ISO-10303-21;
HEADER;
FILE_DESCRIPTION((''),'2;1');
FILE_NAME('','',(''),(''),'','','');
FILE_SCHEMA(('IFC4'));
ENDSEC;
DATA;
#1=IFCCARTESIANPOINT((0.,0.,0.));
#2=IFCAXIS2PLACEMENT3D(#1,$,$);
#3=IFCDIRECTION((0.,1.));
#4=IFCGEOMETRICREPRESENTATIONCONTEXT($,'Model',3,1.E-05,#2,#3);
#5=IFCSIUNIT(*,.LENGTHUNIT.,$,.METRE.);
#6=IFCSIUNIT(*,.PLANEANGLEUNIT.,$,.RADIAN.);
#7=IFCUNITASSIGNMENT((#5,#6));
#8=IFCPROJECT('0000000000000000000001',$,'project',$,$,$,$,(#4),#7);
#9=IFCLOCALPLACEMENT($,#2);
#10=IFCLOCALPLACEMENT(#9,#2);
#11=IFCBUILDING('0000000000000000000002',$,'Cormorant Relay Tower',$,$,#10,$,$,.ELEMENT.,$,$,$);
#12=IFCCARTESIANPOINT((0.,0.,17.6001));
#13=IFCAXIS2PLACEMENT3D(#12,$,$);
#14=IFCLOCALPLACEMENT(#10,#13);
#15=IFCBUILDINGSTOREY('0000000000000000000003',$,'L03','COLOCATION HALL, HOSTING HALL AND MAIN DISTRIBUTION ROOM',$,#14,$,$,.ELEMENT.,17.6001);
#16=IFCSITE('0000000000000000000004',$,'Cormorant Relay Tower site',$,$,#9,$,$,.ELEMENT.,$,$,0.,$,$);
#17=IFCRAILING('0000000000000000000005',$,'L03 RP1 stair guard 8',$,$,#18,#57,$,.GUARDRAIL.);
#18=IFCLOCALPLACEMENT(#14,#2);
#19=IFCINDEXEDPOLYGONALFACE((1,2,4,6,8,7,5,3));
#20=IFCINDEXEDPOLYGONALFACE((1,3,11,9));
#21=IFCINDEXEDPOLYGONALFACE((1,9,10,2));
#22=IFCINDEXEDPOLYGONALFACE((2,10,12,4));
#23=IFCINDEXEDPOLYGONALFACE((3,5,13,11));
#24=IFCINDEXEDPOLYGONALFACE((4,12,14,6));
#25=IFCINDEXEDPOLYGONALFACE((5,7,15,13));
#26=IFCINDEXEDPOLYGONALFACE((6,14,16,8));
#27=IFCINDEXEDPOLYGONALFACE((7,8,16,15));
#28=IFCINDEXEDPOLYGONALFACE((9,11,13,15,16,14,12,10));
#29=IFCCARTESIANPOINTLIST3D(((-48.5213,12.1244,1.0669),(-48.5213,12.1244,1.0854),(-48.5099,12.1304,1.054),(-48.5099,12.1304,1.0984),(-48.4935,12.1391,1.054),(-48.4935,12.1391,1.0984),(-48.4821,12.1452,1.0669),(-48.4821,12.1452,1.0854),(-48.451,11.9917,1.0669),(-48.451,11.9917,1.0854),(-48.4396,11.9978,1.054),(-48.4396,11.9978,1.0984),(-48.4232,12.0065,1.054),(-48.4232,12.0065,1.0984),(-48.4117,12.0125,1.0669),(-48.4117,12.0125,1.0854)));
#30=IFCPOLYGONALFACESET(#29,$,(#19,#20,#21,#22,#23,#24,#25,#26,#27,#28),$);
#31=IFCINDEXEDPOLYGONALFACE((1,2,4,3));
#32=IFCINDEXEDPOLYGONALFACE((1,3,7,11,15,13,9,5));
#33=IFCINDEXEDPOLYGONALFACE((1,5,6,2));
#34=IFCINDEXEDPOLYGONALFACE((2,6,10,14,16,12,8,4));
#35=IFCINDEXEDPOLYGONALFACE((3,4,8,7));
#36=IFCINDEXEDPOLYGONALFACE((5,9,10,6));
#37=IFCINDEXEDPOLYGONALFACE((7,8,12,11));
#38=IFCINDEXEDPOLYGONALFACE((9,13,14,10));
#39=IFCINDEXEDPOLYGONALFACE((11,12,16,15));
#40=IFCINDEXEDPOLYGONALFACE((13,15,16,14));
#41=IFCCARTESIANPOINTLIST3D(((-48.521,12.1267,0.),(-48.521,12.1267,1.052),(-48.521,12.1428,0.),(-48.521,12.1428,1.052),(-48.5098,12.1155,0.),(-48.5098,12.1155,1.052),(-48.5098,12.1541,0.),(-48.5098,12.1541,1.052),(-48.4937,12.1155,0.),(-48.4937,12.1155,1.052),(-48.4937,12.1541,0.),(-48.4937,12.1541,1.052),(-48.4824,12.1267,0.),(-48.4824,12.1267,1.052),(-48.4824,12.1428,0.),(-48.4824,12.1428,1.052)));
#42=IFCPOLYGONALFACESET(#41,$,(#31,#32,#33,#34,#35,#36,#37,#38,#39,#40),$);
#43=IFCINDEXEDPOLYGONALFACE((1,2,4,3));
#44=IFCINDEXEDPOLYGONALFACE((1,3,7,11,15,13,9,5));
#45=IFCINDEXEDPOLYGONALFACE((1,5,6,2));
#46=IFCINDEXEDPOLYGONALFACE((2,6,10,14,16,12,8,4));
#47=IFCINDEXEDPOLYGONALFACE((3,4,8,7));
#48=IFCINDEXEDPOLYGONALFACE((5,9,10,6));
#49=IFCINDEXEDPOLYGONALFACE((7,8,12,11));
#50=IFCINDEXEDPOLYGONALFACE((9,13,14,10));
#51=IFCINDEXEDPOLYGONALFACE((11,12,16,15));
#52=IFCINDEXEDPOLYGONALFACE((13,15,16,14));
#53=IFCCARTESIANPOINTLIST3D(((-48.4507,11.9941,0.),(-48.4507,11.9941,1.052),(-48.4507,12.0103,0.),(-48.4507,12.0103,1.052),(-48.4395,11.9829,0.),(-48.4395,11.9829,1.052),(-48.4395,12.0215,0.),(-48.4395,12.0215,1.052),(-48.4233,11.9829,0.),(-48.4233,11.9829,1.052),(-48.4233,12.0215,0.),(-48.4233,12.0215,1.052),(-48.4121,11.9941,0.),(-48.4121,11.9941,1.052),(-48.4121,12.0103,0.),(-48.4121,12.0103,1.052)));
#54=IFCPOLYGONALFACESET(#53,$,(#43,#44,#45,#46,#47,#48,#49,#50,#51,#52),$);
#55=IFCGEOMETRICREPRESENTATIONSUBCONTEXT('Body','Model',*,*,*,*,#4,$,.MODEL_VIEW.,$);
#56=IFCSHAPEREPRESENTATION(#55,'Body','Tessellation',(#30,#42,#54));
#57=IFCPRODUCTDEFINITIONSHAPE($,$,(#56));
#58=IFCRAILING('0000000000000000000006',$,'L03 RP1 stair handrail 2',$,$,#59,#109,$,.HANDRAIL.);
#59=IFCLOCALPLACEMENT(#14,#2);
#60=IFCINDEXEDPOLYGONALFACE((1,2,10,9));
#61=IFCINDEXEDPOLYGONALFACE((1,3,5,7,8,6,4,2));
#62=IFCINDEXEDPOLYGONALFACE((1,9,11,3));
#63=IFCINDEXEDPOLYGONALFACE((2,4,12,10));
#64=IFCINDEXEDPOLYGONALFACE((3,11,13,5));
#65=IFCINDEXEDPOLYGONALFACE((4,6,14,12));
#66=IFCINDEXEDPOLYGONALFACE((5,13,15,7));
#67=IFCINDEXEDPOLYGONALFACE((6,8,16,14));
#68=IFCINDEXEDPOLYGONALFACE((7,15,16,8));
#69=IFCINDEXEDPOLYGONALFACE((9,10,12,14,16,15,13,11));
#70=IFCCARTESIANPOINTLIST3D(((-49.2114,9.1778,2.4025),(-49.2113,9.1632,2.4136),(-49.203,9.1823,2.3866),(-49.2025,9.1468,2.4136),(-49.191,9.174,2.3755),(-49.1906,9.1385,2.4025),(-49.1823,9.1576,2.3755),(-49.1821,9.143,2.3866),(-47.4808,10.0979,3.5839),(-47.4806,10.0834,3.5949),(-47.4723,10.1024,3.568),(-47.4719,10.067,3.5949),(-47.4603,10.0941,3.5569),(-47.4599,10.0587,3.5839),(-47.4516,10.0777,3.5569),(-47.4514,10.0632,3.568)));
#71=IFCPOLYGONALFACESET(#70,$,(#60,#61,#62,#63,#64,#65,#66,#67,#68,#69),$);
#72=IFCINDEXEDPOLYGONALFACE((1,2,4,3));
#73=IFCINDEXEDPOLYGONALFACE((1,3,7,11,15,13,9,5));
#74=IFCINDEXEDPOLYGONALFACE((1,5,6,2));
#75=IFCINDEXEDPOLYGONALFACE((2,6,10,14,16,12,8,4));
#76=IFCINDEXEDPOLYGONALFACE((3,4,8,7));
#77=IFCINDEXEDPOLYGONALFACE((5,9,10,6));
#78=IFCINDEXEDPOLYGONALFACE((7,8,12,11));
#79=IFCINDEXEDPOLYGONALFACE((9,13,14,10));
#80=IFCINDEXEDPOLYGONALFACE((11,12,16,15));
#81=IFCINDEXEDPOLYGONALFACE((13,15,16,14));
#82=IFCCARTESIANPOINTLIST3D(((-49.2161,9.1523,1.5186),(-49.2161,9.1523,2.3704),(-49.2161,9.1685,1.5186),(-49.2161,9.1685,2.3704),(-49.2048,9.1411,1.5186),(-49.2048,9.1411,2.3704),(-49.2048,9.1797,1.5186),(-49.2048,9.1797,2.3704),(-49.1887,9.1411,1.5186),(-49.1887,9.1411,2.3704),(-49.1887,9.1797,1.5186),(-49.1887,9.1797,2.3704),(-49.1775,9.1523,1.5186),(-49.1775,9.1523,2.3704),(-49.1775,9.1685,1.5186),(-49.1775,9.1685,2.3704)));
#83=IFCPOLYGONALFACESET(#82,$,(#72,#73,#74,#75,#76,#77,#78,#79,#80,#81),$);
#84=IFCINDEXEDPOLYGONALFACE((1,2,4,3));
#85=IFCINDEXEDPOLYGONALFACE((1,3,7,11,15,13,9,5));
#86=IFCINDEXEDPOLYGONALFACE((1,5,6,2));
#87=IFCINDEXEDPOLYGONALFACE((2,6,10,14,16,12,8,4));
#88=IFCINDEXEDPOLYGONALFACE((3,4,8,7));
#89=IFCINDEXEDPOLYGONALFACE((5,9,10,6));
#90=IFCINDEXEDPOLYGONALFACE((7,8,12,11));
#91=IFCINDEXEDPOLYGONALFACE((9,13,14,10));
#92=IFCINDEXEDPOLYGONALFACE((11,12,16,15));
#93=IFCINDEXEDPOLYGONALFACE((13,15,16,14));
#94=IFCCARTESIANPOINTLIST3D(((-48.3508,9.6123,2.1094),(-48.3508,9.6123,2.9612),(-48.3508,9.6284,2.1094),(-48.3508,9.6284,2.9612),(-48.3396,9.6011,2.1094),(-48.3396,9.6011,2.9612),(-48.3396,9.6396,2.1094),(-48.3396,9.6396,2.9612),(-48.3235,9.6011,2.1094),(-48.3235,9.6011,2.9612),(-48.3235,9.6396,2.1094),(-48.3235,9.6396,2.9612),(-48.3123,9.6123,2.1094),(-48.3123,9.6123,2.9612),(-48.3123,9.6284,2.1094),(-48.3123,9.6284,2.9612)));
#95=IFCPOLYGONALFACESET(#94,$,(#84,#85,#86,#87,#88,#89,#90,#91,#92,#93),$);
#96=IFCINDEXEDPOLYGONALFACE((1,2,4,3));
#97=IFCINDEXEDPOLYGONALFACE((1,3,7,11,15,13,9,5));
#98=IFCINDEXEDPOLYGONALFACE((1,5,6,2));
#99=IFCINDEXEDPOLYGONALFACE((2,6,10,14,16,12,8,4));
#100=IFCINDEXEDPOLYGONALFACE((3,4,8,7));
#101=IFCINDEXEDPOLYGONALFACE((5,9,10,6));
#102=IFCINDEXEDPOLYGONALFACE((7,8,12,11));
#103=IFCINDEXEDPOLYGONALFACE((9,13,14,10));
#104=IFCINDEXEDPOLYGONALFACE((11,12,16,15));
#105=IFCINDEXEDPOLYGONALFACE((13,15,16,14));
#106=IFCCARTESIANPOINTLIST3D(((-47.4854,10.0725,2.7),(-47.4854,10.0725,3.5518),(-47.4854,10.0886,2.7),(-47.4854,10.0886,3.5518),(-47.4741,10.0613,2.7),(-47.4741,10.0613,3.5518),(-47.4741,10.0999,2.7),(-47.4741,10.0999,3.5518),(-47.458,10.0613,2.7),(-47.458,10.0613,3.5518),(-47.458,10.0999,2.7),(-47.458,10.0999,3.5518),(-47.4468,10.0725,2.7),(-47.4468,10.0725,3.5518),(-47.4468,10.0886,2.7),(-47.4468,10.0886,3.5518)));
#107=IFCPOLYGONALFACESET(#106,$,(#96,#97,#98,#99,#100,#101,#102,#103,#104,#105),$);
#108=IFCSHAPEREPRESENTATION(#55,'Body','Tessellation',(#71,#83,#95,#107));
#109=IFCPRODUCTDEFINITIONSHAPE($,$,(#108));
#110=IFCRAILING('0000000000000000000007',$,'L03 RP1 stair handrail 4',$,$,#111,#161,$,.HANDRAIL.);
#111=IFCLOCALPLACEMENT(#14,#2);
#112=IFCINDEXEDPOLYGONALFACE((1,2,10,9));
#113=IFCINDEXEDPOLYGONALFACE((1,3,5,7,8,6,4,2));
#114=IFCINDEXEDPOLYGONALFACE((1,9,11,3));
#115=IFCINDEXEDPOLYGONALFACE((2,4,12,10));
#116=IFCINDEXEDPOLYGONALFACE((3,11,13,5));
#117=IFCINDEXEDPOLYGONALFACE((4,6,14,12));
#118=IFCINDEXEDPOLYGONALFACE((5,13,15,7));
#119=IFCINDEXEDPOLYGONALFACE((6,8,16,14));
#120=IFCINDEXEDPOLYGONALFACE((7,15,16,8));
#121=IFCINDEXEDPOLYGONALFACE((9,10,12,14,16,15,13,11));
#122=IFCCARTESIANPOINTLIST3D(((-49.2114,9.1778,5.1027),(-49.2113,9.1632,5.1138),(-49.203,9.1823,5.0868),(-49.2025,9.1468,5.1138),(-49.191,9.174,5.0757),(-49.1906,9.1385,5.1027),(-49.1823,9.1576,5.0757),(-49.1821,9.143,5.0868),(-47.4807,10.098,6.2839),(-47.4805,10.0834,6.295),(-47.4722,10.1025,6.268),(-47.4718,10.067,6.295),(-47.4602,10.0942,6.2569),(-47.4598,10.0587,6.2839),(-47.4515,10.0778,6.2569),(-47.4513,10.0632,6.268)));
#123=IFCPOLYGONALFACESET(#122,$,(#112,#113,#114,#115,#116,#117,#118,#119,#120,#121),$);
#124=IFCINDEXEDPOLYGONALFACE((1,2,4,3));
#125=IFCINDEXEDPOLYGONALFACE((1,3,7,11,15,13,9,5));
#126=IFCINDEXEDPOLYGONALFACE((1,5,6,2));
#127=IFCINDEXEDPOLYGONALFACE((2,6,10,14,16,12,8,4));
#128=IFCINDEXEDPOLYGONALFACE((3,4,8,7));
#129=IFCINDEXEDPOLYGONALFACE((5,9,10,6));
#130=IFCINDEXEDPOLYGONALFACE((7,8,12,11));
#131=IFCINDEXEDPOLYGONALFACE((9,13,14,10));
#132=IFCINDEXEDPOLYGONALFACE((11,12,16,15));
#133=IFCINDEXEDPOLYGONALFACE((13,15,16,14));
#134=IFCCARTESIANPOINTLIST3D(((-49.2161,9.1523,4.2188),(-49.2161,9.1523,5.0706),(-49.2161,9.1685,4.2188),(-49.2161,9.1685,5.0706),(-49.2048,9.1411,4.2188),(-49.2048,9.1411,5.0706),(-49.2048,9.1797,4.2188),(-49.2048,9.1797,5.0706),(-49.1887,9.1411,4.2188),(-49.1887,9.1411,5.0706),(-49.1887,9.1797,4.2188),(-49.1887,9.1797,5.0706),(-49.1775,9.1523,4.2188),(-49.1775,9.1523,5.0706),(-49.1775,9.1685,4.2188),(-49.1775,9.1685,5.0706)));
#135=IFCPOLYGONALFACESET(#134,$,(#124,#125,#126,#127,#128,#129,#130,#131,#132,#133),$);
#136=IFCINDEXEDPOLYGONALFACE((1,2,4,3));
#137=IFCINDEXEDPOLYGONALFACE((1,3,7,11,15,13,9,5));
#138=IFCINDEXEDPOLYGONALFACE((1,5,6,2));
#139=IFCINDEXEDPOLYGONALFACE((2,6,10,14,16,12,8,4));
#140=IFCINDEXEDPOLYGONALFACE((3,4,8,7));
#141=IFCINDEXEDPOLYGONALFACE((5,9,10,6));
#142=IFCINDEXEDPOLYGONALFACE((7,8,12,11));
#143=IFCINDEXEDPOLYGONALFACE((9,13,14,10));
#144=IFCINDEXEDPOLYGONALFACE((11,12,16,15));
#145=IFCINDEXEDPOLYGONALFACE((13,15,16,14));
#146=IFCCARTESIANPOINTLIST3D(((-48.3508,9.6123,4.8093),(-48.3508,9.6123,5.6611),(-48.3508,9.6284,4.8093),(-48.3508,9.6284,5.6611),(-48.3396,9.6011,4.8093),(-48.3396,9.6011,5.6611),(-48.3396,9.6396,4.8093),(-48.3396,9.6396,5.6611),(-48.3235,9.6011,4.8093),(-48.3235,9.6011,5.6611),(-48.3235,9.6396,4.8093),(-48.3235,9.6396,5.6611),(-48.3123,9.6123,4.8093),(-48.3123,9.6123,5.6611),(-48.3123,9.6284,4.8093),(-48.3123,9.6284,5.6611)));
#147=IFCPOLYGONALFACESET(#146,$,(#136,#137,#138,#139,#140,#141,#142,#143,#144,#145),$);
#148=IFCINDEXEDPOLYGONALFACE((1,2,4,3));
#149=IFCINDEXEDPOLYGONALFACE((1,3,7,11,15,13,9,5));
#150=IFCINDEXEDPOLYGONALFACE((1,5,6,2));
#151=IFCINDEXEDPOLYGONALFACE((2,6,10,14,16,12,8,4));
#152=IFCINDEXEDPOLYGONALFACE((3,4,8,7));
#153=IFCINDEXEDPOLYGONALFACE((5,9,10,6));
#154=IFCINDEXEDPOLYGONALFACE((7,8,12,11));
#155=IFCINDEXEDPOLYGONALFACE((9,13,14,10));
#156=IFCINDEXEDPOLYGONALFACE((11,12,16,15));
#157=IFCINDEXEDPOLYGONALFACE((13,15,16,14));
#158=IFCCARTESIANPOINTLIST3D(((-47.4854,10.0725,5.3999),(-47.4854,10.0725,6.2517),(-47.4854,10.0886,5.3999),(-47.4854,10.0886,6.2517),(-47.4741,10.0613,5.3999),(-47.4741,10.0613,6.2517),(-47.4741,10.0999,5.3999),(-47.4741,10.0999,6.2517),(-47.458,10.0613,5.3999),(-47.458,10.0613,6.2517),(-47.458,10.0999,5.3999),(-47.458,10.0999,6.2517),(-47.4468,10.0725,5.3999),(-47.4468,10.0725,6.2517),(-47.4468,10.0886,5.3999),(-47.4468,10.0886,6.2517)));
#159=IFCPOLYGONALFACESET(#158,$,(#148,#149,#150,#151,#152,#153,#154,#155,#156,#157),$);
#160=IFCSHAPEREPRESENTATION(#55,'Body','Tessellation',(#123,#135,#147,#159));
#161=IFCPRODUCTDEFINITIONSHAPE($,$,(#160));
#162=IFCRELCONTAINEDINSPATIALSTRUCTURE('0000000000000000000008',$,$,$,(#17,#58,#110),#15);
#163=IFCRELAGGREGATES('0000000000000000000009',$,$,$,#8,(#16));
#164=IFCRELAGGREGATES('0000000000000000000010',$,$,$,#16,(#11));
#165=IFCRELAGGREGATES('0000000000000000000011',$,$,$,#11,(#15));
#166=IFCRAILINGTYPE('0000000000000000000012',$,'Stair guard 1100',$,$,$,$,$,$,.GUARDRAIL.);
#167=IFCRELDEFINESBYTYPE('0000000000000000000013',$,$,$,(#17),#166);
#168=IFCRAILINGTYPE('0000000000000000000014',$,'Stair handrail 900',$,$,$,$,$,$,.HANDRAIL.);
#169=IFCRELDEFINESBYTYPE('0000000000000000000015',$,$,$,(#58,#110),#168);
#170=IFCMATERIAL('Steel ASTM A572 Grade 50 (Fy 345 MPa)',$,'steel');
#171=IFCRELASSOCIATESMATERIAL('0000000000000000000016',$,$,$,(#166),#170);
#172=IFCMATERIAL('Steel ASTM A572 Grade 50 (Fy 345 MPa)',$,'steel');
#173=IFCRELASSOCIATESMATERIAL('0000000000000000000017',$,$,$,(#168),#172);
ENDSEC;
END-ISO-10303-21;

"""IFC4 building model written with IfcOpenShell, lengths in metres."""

from ifc_helpers import new_model, si_unit, direction, frame, origin, place, context, subcontext, project, spatial, polyline, outline, extrude, material, type_object, element, save


model = new_model("IFC4")

# Units and contexts
model_context = context("Model", 3, precision=1e-05, world=origin(), true_north=direction((0.0, 1.0)))
body_context = subcontext(model_context, "Body", "Model", "MODEL_VIEW")
ifc_project = project(units=[si_unit("LENGTHUNIT", "METRE"), si_unit("PLANEANGLEUNIT", "RADIAN")], contexts=[model_context])

# Site, building, storey
site_placement = place(None, origin())
site = spatial("IfcSite", under=ifc_project, at=site_placement, Name="Cormorant Relay Tower site", CompositionType="ELEMENT", RefElevation=0.0)
building_placement = place(site_placement, origin())
building = spatial("IfcBuilding", under=site, at=building_placement, Name="Cormorant Relay Tower", CompositionType="ELEMENT")
storey_placement = place(building_placement, frame((0.0, 0.0, 17.6001)))
storey = spatial("IfcBuildingStorey", under=building, at=storey_placement, Name="L03", Description="COLOCATION HALL, HOSTING HALL AND MAIN DISTRIBUTION ROOM", CompositionType="ELEMENT", Elevation=17.6001)

# Railings
ifc_material_1 = material(Name="Steel ASTM A572 Grade 50 (Fy 345 MPa)", Category="steel")
railing_type_1 = type_object("IfcRailingType", Name="Stair guard 1100", PredefinedType="GUARDRAIL", material=ifc_material_1)
railing_1_placement = place(storey_placement, frame((-48.5017, 12.1348, 0.0)))
element("IfcRailing", 1, at=railing_1_placement, inside=storey, type_object=railing_type_1, Name="L03 RP1 stair guard 8", PredefinedType="GUARDRAIL", context=body_context, shape_type="SweptSolid", body=[
    extrude(outline(polyline([(0.0222, 0.0093), (0.0093, 0.0222), (-0.0093, 0.0222), (-0.0222, 0.0093), (-0.0222, -0.0093), (-0.0093, -0.0222), (0.0093, -0.0222), (0.0222, -0.0093), (0.0222, 0.0093)])), frame((0.0, 0.0, 1.0762), z_axis=(0.46856, -0.883431, 0.0), x_axis=(0.883431, 0.46856, 0.0)), (0.0, 0.0, 1.0), 0.1501),
    extrude(outline(polyline([(0.0193, 0.0081), (0.0081, 0.0193), (-0.0081, 0.0193), (-0.0193, 0.0081), (-0.0193, -0.0081), (-0.0081, -0.0193), (0.0081, -0.0193), (0.0193, -0.0081), (0.0193, 0.0081)])), origin(), (0.0, 0.0, 1.0), 1.052),
    extrude(outline(polyline([(0.0193, 0.0081), (0.0081, 0.0193), (-0.0081, 0.0193), (-0.0193, 0.0081), (-0.0193, -0.0081), (-0.0081, -0.0193), (0.0081, -0.0193), (0.0193, -0.0081), (0.0193, 0.0081)])), frame((0.0703, -0.1326, 0.0)), (0.0, 0.0, 1.0), 1.052),
])
ifc_material_2 = material(Name="Steel ASTM A572 Grade 50 (Fy 345 MPa)", Category="steel")
railing_type_2 = type_object("IfcRailingType", Name="Stair handrail 900", PredefinedType="HANDRAIL", material=ifc_material_2)
railing_2_placement = place(storey_placement, frame((-49.1968, 9.1604, 1.5186)))
element("IfcRailing", 2, at=railing_2_placement, inside=storey, type_object=railing_type_2, Name="L03 RP1 stair handrail 2", PredefinedType="HANDRAIL", context=body_context, shape_type="SweptSolid", body=[
    extrude(outline(polyline([(0.0222, 0.0093), (0.0093, 0.0222), (-0.0093, 0.0222), (-0.0222, 0.0093), (-0.0222, -0.0093), (-0.0093, -0.0222), (0.0093, -0.0222), (0.0222, -0.0093), (0.0222, 0.0093)])), frame((0.0, 0.0, 0.876), z_axis=(0.756226, 0.402062, 0.516205), x_axis=(-0.469444, 0.882962, 0.0)), (0.0, 0.0, 1.0), 2.2886),
    extrude(outline(polyline([(0.0193, 0.0081), (0.0081, 0.0193), (-0.0081, 0.0193), (-0.0193, 0.0081), (-0.0193, -0.0081), (-0.0081, -0.0193), (0.0081, -0.0193), (0.0193, -0.0081), (0.0193, 0.0081)])), origin(), (0.0, 0.0, 1.0), 0.8518),
    extrude(outline(polyline([(0.0193, 0.0081), (0.0081, 0.0193), (-0.0081, 0.0193), (-0.0193, 0.0081), (-0.0193, -0.0081), (-0.0081, -0.0193), (0.0081, -0.0193), (0.0193, -0.0081), (0.0193, 0.0081)])), frame((0.8652, 0.46, 0.5908)), (0.0, 0.0, 1.0), 0.8518),
    extrude(outline(polyline([(0.0193, 0.0081), (0.0081, 0.0193), (-0.0081, 0.0193), (-0.0193, 0.0081), (-0.0193, -0.0081), (-0.0081, -0.0193), (0.0081, -0.0193), (0.0193, -0.0081), (0.0193, 0.0081)])), frame((1.7307, 0.9202, 1.1814)), (0.0, 0.0, 1.0), 0.8518),
])
railing_3_placement = place(storey_placement, frame((-49.1968, 9.1604, 4.2188)))
element("IfcRailing", 3, at=railing_3_placement, inside=storey, type_object=railing_type_2, Name="L03 RP1 stair handrail 4", PredefinedType="HANDRAIL", context=body_context, shape_type="SweptSolid", body=[
    extrude(outline(polyline([(0.0222, 0.0093), (0.0093, 0.0222), (-0.0093, 0.0222), (-0.0222, 0.0093), (-0.0222, -0.0093), (-0.0093, -0.0222), (0.0093, -0.0222), (0.0222, -0.0093), (0.0222, 0.0093)])), frame((0.0, 0.0, 0.876), z_axis=(0.756268, 0.402084, 0.516127), x_axis=(-0.469444, 0.882962, 0.0)), (0.0, 0.0, 1.0), 2.2886),
    extrude(outline(polyline([(0.0193, 0.0081), (0.0081, 0.0193), (-0.0081, 0.0193), (-0.0193, 0.0081), (-0.0193, -0.0081), (-0.0081, -0.0193), (0.0081, -0.0193), (0.0193, -0.0081), (0.0193, 0.0081)])), origin(), (0.0, 0.0, 1.0), 0.8518),
    extrude(outline(polyline([(0.0193, 0.0081), (0.0081, 0.0193), (-0.0081, 0.0193), (-0.0193, 0.0081), (-0.0193, -0.0081), (-0.0081, -0.0193), (0.0081, -0.0193), (0.0193, -0.0081), (0.0193, 0.0081)])), frame((0.8652, 0.46, 0.5906)), (0.0, 0.0, 1.0), 0.8518),
    extrude(outline(polyline([(0.0193, 0.0081), (0.0081, 0.0193), (-0.0081, 0.0193), (-0.0193, 0.0081), (-0.0193, -0.0081), (-0.0081, -0.0193), (0.0081, -0.0193), (0.0193, -0.0081), (0.0193, 0.0081)])), frame((1.7307, 0.9202, 1.1812)), (0.0, 0.0, 1.0), 0.8518),
])

save(model, "model.ifc")
